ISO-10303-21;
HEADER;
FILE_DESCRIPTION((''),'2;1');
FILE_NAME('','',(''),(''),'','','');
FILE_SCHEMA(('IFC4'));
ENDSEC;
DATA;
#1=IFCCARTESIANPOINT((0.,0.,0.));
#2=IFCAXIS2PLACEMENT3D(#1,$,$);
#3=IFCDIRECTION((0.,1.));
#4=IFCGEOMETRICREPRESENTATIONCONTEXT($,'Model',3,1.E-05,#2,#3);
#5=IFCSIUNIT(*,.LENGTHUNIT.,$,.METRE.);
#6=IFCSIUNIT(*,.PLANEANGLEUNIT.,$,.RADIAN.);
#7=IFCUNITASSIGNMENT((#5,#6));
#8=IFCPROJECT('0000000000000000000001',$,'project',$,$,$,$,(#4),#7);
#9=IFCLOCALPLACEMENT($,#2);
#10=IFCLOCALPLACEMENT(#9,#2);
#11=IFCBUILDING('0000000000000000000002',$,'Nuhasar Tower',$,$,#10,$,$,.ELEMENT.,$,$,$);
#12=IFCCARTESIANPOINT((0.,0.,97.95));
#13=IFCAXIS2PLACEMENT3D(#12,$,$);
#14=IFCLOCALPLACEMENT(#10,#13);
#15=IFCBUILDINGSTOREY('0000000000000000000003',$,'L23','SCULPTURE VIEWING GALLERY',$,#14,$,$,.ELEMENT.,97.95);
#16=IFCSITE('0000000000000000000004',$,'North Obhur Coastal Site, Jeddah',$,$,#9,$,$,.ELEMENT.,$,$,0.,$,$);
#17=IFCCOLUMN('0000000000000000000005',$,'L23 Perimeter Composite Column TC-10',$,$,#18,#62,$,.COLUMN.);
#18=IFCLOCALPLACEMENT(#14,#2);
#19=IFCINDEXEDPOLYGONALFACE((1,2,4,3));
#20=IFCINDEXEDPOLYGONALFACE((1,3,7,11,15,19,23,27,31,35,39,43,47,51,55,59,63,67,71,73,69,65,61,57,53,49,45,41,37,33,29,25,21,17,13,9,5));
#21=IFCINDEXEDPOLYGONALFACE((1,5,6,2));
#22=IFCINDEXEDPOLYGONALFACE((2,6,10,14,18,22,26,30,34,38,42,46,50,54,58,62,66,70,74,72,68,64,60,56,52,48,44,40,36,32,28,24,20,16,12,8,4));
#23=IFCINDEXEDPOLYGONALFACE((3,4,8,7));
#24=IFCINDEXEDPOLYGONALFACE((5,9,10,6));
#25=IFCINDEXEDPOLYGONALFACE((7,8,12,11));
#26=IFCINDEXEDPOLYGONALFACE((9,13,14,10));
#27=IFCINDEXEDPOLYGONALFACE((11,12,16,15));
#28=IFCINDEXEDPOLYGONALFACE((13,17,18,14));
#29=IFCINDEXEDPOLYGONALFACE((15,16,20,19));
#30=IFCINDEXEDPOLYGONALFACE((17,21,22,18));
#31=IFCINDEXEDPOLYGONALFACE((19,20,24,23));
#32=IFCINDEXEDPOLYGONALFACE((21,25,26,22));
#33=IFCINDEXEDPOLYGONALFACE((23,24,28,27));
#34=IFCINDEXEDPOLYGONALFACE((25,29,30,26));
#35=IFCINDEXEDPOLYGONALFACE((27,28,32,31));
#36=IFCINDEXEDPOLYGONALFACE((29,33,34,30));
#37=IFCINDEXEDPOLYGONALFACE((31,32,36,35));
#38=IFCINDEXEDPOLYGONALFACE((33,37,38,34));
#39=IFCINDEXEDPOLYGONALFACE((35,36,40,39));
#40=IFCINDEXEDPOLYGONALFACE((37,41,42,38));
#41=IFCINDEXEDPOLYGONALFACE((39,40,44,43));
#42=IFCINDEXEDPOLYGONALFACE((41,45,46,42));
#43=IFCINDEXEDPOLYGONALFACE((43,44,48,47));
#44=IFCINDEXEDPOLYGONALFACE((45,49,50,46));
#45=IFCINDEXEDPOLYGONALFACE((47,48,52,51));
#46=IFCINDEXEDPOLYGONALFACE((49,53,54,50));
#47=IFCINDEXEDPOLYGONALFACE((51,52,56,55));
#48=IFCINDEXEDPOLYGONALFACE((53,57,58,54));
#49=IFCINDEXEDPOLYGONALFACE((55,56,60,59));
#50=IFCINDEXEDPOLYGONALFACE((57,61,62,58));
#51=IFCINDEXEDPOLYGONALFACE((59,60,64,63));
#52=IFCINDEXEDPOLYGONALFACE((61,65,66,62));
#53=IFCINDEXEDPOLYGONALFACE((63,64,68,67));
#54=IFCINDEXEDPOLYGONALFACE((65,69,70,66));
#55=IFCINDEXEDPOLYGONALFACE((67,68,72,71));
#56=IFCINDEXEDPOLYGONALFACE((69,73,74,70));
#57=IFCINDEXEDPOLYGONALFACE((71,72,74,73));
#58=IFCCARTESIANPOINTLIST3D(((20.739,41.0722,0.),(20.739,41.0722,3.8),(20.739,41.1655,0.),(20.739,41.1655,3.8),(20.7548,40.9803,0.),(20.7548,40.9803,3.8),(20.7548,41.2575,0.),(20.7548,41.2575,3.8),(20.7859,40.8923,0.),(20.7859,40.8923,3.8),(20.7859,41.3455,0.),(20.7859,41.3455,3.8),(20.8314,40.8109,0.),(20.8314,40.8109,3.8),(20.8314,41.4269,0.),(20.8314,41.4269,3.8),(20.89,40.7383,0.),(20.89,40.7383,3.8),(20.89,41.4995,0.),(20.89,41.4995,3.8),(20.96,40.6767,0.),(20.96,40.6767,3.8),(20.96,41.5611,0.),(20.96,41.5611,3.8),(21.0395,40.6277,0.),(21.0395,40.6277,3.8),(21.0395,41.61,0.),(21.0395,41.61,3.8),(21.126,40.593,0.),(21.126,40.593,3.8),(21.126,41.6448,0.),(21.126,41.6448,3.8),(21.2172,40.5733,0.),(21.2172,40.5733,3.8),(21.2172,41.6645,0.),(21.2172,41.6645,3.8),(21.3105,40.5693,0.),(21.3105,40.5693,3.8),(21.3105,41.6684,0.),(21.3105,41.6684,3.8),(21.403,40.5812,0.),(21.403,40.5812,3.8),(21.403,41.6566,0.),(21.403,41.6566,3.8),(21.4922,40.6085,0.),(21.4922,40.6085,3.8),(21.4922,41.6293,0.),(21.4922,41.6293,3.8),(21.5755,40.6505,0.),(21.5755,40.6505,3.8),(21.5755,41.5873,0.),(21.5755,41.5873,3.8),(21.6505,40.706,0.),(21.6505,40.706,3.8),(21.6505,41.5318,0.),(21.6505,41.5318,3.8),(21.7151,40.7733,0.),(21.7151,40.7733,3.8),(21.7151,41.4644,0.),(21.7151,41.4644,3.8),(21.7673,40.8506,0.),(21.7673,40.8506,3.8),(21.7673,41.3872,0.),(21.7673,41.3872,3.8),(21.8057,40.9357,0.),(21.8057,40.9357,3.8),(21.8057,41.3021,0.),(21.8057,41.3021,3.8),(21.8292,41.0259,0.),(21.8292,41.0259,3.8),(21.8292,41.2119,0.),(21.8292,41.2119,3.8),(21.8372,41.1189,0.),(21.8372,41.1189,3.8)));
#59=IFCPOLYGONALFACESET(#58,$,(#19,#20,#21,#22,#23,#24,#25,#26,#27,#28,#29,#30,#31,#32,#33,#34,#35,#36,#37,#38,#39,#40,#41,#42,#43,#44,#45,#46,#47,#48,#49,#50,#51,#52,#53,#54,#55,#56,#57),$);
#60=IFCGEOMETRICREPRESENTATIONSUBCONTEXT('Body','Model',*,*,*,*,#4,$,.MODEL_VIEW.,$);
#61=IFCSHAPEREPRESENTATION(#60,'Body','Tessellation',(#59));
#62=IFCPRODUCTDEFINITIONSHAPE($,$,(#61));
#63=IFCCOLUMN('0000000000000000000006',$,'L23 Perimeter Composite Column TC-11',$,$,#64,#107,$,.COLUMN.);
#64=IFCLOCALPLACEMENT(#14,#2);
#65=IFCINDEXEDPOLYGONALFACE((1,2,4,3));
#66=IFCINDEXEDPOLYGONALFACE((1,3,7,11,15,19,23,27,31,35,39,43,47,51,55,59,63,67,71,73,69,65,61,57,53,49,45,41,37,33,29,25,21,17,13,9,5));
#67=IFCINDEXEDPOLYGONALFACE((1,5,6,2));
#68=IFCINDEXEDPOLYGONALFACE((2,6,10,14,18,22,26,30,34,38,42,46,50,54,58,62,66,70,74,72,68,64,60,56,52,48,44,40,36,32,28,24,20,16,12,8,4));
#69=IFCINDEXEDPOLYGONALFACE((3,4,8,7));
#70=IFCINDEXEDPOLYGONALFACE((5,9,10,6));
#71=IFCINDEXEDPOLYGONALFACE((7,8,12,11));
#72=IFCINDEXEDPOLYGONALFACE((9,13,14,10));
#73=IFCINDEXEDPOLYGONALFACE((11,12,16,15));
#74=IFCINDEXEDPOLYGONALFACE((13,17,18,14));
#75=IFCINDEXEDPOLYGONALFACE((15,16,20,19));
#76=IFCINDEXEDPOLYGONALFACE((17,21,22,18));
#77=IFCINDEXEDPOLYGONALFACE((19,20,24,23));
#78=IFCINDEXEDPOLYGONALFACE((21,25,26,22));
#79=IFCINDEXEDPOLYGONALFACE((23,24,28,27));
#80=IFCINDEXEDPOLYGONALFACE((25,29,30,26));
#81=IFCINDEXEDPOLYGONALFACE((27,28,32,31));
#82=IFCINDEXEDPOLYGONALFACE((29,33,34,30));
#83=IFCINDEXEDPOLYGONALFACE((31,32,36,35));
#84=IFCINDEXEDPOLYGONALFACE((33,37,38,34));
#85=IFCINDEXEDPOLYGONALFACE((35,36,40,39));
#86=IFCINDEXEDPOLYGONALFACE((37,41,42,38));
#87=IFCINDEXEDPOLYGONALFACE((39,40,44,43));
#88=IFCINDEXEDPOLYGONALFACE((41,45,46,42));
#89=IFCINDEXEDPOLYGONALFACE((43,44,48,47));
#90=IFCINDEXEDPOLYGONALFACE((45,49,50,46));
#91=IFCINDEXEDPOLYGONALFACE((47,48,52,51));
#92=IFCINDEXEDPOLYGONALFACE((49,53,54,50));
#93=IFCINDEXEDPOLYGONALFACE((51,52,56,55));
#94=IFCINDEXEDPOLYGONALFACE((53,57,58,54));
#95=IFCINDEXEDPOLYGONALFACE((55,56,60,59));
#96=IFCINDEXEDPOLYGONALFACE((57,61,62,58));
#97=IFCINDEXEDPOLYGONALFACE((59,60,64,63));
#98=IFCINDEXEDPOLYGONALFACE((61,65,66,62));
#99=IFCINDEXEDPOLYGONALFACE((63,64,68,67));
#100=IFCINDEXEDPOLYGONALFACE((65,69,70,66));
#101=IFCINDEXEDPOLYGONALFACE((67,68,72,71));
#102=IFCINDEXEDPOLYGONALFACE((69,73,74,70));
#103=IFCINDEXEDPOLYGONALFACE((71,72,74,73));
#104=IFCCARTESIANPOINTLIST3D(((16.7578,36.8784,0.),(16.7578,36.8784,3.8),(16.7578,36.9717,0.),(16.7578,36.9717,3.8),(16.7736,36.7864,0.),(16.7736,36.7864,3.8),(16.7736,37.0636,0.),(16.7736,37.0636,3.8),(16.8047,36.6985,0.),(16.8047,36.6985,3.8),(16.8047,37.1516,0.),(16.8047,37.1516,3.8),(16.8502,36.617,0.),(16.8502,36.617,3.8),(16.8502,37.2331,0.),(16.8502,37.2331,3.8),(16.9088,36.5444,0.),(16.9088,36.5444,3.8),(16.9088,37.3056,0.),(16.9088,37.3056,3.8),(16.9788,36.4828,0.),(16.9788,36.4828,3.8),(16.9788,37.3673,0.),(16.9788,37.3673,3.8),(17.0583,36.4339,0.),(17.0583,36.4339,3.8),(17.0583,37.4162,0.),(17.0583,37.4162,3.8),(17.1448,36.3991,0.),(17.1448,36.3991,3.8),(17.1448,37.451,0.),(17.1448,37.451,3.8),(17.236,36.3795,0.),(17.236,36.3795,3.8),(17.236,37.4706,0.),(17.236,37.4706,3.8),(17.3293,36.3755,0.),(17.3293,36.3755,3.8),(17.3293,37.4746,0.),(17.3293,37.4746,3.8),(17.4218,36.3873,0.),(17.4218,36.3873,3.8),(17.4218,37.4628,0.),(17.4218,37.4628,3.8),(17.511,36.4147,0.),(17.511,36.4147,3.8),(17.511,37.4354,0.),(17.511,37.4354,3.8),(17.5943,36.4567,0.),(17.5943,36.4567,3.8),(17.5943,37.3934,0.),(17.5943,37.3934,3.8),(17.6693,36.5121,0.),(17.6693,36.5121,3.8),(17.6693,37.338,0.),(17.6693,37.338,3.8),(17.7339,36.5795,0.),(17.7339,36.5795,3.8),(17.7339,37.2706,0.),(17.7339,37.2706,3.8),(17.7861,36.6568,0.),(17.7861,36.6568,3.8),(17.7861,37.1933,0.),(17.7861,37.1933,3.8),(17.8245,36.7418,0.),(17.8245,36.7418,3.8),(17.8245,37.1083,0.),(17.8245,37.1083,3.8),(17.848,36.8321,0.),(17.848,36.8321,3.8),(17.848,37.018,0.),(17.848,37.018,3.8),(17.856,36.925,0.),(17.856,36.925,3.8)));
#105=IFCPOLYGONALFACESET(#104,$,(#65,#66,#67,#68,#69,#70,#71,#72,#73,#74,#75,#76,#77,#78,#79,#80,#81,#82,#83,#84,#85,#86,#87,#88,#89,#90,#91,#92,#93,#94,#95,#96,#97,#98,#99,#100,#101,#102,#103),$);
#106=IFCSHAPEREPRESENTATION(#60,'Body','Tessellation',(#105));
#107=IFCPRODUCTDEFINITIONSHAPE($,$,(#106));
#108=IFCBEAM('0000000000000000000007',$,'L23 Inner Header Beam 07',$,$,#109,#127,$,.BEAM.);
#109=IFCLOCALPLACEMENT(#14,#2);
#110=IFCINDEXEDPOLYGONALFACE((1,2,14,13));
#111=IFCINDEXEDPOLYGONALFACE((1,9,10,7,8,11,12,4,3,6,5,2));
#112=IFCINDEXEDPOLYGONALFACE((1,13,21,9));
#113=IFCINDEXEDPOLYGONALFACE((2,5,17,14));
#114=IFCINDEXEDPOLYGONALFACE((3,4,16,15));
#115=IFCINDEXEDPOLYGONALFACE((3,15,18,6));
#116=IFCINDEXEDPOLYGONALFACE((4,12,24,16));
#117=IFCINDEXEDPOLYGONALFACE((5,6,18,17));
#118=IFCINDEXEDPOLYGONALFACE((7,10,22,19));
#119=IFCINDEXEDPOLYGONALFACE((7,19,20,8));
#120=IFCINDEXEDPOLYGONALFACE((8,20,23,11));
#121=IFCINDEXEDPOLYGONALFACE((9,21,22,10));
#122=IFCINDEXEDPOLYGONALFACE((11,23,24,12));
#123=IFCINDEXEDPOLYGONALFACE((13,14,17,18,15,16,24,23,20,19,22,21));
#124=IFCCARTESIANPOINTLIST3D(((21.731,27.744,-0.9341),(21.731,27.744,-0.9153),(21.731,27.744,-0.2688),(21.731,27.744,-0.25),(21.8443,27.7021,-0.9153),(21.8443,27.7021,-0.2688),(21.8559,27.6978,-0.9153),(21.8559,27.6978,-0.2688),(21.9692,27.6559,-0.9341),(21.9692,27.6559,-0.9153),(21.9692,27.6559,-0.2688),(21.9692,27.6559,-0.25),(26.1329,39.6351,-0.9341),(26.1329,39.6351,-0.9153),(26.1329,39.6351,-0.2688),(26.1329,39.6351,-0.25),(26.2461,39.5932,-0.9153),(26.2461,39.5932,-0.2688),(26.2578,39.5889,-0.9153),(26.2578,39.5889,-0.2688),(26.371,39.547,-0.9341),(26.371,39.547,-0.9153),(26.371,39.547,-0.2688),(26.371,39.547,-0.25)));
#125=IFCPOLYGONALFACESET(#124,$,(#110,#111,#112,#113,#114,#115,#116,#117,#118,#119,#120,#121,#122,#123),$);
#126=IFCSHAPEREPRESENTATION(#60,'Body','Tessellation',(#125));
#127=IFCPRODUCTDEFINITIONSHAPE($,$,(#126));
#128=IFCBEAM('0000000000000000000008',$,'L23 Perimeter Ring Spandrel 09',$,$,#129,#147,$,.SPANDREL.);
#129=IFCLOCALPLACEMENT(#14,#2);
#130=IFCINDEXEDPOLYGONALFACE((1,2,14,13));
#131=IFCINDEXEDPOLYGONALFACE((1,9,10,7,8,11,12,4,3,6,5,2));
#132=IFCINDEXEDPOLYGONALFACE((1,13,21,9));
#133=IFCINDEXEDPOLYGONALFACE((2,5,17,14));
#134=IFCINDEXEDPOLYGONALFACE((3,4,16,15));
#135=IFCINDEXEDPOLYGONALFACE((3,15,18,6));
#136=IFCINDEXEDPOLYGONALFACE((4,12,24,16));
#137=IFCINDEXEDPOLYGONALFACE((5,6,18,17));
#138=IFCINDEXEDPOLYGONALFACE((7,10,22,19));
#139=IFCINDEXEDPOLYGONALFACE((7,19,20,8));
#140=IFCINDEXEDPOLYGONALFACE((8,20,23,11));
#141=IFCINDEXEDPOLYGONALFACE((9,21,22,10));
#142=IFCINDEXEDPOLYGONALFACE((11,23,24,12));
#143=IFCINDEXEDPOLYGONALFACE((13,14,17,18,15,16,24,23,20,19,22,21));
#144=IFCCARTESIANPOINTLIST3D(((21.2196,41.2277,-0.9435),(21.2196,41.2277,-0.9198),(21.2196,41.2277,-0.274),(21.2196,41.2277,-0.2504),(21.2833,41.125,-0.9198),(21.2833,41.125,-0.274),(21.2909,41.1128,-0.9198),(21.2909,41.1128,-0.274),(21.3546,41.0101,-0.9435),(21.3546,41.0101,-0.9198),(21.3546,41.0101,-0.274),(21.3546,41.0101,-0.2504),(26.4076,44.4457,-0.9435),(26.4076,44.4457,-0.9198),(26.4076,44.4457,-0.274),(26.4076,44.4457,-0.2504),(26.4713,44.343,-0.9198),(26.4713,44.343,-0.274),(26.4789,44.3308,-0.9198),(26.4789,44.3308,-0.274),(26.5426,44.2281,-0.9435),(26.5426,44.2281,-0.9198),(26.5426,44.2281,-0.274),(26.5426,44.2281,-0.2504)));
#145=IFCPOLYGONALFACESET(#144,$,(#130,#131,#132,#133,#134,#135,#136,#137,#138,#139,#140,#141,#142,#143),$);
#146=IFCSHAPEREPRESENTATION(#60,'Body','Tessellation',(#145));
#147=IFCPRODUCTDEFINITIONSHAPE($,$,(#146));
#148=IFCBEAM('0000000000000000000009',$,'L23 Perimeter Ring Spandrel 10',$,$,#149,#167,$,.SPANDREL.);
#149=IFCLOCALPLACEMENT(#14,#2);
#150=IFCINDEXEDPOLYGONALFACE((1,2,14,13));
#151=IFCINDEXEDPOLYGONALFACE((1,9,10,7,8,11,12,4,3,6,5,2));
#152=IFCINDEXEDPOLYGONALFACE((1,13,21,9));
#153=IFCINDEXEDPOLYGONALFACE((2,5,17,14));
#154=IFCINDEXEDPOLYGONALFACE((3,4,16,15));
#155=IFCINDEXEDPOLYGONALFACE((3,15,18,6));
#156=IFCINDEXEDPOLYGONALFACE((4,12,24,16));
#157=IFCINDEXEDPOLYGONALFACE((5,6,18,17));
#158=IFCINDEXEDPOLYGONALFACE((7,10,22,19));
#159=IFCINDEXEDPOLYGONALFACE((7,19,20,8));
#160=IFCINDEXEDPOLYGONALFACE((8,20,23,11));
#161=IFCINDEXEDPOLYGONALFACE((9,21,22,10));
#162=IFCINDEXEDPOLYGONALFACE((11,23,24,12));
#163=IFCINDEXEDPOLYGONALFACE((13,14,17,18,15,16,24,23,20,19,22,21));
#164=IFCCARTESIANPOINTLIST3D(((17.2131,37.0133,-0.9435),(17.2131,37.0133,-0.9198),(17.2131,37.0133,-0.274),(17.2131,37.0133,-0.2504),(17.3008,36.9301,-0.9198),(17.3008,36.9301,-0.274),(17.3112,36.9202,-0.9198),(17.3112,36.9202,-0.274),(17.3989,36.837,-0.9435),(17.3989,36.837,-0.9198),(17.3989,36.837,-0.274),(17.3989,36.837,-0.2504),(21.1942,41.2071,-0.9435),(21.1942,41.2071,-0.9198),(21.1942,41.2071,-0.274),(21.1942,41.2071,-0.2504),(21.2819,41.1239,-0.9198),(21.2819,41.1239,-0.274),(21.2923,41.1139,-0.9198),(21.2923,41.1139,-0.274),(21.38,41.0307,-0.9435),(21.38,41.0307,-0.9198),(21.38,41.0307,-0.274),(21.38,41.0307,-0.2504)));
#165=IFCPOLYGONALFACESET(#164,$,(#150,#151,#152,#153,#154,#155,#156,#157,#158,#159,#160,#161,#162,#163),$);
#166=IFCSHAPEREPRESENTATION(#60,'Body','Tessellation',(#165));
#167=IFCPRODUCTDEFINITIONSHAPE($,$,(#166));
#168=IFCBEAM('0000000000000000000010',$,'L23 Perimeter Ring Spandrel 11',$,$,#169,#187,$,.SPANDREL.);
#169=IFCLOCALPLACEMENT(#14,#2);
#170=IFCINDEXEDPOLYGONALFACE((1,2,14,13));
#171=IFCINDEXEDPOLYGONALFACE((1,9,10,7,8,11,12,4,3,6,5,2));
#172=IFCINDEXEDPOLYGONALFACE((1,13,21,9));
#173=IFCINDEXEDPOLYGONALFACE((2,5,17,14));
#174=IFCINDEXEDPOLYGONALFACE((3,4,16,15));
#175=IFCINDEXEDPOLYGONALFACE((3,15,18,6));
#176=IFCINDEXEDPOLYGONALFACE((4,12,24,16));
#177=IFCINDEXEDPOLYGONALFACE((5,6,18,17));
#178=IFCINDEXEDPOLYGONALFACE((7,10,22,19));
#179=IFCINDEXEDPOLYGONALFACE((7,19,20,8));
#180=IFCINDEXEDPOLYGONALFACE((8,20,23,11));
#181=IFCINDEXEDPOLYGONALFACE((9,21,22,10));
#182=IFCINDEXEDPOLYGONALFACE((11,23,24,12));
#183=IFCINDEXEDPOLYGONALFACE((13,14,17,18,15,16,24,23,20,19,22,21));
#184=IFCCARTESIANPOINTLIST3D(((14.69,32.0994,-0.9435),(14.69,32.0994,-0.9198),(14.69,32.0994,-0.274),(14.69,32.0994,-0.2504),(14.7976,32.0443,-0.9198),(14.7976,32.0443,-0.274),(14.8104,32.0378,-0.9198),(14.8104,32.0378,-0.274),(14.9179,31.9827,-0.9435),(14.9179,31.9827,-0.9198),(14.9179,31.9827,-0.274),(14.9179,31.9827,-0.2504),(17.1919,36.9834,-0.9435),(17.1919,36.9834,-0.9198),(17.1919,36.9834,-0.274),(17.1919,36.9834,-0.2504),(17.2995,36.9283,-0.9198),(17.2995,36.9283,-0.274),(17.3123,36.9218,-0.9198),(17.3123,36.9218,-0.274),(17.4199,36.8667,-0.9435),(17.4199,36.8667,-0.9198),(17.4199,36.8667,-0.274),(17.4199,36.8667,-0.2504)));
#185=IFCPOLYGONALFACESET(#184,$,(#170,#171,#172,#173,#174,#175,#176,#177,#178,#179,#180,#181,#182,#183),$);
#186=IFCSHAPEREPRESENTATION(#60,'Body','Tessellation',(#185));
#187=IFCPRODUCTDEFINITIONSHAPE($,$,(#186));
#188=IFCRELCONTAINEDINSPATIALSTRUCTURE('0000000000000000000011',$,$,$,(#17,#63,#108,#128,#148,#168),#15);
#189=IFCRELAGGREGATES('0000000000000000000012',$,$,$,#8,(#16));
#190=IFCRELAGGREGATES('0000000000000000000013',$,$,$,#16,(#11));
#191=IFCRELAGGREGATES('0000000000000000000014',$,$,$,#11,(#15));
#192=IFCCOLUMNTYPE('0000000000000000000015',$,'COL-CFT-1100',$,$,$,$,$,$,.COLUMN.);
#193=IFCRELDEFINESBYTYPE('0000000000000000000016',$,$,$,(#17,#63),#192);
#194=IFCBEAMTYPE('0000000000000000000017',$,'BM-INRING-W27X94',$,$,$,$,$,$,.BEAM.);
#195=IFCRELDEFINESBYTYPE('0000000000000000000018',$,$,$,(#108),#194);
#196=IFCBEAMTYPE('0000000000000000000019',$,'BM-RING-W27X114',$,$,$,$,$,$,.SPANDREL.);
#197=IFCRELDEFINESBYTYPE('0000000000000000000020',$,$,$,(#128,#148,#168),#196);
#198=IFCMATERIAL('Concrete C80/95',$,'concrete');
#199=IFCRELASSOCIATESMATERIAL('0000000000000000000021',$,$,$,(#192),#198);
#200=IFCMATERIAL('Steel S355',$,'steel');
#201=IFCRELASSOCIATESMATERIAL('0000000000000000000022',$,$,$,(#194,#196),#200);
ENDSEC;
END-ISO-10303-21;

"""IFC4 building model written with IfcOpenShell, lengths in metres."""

from ifc_helpers import new_model, si_unit, direction, frame, origin, origin_2d, place, context, subcontext, project, spatial, circle, i_section, extrude, material, material_profile, profile_set, type_object, element, save


model = new_model("IFC4")

# Units and contexts
model_context = context("Model", 3, precision=1e-05, world=origin(), true_north=direction((0.0, 1.0)))
body_context = subcontext(model_context, "Body", "Model", "MODEL_VIEW")
ifc_project = project(units=[si_unit("LENGTHUNIT", "METRE"), si_unit("PLANEANGLEUNIT", "RADIAN")], contexts=[model_context])

# Site, building, storey
site_placement = place(None, origin())
site = spatial("IfcSite", under=ifc_project, at=site_placement, Name="North Obhur Coastal Site, Jeddah", CompositionType="ELEMENT", RefElevation=0.0)
building_placement = place(site_placement, origin())
building = spatial("IfcBuilding", under=site, at=building_placement, Name="Nuhasar Tower", CompositionType="ELEMENT")
storey_placement = place(building_placement, frame((0.0, 0.0, 97.95)))
storey = spatial("IfcBuildingStorey", under=building, at=storey_placement, Name="L23", Description="SCULPTURE VIEWING GALLERY", CompositionType="ELEMENT", Elevation=97.95)

# Columns
ifc_material_1 = material(Name="Concrete C80/95", Category="concrete")
ifc_material_profile_1 = material_profile(ifc_material_1, circle(Radius=0.55, at=origin_2d()), Name="CFT1100")
ifc_profile_set_1 = profile_set([ifc_material_profile_1], Name="Concrete C80/95")
column_type = type_object("IfcColumnType", Name="COL-CFT-1100", PredefinedType="COLUMN", material=ifc_profile_set_1)
for number, where, z_axis, x_axis, name in (
    (1, (21.2871, 41.1189, 0.0), (0.0, 0.0, 1.0), (1.0, 0.0, 0.0), "L23 Perimeter Composite Column TC-10"),
    (2, (17.3059, 36.925, 0.0), (0.0, 0.0, 1.0), (1.0, 0.0, 0.0), "L23 Perimeter Composite Column TC-11"),
):
    element("IfcColumn", number, at=place(storey_placement, frame(where, z_axis=z_axis, x_axis=x_axis)), inside=storey, type_object=column_type, Name=name, PredefinedType="COLUMN", context=body_context, shape_type="SweptSolid", body=[
        extrude(circle(Radius=0.55, at=origin_2d()), origin(), (0.0, 0.0, 1.0), 3.8),
    ])

# Beams
ifc_material_2 = material(Name="Steel S355", Category="steel")
ifc_material_profile_2 = material_profile(ifc_material_2, i_section(OverallWidth=0.2539, OverallDepth=0.6841, WebThickness=0.0125, FlangeThickness=0.0188, at=origin_2d()), Name="W27X94")
ifc_profile_set_2 = profile_set([ifc_material_profile_2], Name="Steel S355")
beam_type_1 = type_object("IfcBeamType", Name="BM-INRING-W27X94", PredefinedType="BEAM", material=ifc_profile_set_2)
beam_1_placement = place(storey_placement, frame((26.252, 39.5911, -0.592), z_axis=(-0.347158, -0.937807, 0.0), x_axis=(0.937807, -0.347158, 0.0)))
element("IfcBeam", 3, at=beam_1_placement, inside=storey, type_object=beam_type_1, Name="L23 Inner Header Beam 07", PredefinedType="BEAM", context=body_context, shape_type="SweptSolid", body=[
    extrude(i_section(OverallWidth=0.2539, OverallDepth=0.6841, WebThickness=0.0125, FlangeThickness=0.0188, at=origin_2d()), origin(), (0.0, 0.0, 1.0), 12.6797),
])
ifc_material_profile_3 = material_profile(ifc_material_2, i_section(OverallWidth=0.2561, OverallDepth=0.6931, WebThickness=0.0144, FlangeThickness=0.0237, at=origin_2d()), Name="W27X114")
ifc_profile_set_3 = profile_set([ifc_material_profile_3], Name="Steel S355")
beam_type_2 = type_object("IfcBeamType", Name="BM-RING-W27X114", PredefinedType="SPANDREL", material=ifc_profile_set_3)
beam_2_placement = place(storey_placement, frame((26.4751, 44.3369, -0.5969), z_axis=(-0.849795, -0.527113, 0.0), x_axis=(0.527113, -0.849795, 0.0)))
element("IfcBeam", 4, at=beam_2_placement, inside=storey, type_object=beam_type_2, Name="L23 Perimeter Ring Spandrel 09", PredefinedType="SPANDREL", context=body_context, shape_type="SweptSolid", body=[
    extrude(i_section(OverallWidth=0.2561, OverallDepth=0.6931, WebThickness=0.0144, FlangeThickness=0.0237, at=origin_2d()), origin(), (0.0, 0.0, 1.0), 6.105),
])
beam_3_placement = place(storey_placement, frame((21.2871, 41.1189, -0.5969), z_axis=(-0.688481, -0.725254, 0.0), x_axis=(0.725254, -0.688481, 0.0)))
element("IfcBeam", 5, at=beam_3_placement, inside=storey, type_object=beam_type_2, Name="L23 Perimeter Ring Spandrel 10", PredefinedType="SPANDREL", context=body_context, shape_type="SweptSolid", body=[
    extrude(i_section(OverallWidth=0.2561, OverallDepth=0.6931, WebThickness=0.0144, FlangeThickness=0.0237, at=origin_2d()), origin(), (0.0, 0.0, 1.0), 5.7825),
])
beam_4_placement = place(storey_placement, frame((17.3059, 36.925, -0.5969), z_axis=(-0.45593, -0.890016, 0.0), x_axis=(0.890016, -0.45593, 0.0)))
element("IfcBeam", 6, at=beam_4_placement, inside=storey, type_object=beam_type_2, Name="L23 Perimeter Ring Spandrel 11", PredefinedType="SPANDREL", context=body_context, shape_type="SweptSolid", body=[
    extrude(i_section(OverallWidth=0.2561, OverallDepth=0.6931, WebThickness=0.0144, FlangeThickness=0.0237, at=origin_2d()), origin(), (0.0, 0.0, 1.0), 5.4875),
])

save(model, "model.ifc")
